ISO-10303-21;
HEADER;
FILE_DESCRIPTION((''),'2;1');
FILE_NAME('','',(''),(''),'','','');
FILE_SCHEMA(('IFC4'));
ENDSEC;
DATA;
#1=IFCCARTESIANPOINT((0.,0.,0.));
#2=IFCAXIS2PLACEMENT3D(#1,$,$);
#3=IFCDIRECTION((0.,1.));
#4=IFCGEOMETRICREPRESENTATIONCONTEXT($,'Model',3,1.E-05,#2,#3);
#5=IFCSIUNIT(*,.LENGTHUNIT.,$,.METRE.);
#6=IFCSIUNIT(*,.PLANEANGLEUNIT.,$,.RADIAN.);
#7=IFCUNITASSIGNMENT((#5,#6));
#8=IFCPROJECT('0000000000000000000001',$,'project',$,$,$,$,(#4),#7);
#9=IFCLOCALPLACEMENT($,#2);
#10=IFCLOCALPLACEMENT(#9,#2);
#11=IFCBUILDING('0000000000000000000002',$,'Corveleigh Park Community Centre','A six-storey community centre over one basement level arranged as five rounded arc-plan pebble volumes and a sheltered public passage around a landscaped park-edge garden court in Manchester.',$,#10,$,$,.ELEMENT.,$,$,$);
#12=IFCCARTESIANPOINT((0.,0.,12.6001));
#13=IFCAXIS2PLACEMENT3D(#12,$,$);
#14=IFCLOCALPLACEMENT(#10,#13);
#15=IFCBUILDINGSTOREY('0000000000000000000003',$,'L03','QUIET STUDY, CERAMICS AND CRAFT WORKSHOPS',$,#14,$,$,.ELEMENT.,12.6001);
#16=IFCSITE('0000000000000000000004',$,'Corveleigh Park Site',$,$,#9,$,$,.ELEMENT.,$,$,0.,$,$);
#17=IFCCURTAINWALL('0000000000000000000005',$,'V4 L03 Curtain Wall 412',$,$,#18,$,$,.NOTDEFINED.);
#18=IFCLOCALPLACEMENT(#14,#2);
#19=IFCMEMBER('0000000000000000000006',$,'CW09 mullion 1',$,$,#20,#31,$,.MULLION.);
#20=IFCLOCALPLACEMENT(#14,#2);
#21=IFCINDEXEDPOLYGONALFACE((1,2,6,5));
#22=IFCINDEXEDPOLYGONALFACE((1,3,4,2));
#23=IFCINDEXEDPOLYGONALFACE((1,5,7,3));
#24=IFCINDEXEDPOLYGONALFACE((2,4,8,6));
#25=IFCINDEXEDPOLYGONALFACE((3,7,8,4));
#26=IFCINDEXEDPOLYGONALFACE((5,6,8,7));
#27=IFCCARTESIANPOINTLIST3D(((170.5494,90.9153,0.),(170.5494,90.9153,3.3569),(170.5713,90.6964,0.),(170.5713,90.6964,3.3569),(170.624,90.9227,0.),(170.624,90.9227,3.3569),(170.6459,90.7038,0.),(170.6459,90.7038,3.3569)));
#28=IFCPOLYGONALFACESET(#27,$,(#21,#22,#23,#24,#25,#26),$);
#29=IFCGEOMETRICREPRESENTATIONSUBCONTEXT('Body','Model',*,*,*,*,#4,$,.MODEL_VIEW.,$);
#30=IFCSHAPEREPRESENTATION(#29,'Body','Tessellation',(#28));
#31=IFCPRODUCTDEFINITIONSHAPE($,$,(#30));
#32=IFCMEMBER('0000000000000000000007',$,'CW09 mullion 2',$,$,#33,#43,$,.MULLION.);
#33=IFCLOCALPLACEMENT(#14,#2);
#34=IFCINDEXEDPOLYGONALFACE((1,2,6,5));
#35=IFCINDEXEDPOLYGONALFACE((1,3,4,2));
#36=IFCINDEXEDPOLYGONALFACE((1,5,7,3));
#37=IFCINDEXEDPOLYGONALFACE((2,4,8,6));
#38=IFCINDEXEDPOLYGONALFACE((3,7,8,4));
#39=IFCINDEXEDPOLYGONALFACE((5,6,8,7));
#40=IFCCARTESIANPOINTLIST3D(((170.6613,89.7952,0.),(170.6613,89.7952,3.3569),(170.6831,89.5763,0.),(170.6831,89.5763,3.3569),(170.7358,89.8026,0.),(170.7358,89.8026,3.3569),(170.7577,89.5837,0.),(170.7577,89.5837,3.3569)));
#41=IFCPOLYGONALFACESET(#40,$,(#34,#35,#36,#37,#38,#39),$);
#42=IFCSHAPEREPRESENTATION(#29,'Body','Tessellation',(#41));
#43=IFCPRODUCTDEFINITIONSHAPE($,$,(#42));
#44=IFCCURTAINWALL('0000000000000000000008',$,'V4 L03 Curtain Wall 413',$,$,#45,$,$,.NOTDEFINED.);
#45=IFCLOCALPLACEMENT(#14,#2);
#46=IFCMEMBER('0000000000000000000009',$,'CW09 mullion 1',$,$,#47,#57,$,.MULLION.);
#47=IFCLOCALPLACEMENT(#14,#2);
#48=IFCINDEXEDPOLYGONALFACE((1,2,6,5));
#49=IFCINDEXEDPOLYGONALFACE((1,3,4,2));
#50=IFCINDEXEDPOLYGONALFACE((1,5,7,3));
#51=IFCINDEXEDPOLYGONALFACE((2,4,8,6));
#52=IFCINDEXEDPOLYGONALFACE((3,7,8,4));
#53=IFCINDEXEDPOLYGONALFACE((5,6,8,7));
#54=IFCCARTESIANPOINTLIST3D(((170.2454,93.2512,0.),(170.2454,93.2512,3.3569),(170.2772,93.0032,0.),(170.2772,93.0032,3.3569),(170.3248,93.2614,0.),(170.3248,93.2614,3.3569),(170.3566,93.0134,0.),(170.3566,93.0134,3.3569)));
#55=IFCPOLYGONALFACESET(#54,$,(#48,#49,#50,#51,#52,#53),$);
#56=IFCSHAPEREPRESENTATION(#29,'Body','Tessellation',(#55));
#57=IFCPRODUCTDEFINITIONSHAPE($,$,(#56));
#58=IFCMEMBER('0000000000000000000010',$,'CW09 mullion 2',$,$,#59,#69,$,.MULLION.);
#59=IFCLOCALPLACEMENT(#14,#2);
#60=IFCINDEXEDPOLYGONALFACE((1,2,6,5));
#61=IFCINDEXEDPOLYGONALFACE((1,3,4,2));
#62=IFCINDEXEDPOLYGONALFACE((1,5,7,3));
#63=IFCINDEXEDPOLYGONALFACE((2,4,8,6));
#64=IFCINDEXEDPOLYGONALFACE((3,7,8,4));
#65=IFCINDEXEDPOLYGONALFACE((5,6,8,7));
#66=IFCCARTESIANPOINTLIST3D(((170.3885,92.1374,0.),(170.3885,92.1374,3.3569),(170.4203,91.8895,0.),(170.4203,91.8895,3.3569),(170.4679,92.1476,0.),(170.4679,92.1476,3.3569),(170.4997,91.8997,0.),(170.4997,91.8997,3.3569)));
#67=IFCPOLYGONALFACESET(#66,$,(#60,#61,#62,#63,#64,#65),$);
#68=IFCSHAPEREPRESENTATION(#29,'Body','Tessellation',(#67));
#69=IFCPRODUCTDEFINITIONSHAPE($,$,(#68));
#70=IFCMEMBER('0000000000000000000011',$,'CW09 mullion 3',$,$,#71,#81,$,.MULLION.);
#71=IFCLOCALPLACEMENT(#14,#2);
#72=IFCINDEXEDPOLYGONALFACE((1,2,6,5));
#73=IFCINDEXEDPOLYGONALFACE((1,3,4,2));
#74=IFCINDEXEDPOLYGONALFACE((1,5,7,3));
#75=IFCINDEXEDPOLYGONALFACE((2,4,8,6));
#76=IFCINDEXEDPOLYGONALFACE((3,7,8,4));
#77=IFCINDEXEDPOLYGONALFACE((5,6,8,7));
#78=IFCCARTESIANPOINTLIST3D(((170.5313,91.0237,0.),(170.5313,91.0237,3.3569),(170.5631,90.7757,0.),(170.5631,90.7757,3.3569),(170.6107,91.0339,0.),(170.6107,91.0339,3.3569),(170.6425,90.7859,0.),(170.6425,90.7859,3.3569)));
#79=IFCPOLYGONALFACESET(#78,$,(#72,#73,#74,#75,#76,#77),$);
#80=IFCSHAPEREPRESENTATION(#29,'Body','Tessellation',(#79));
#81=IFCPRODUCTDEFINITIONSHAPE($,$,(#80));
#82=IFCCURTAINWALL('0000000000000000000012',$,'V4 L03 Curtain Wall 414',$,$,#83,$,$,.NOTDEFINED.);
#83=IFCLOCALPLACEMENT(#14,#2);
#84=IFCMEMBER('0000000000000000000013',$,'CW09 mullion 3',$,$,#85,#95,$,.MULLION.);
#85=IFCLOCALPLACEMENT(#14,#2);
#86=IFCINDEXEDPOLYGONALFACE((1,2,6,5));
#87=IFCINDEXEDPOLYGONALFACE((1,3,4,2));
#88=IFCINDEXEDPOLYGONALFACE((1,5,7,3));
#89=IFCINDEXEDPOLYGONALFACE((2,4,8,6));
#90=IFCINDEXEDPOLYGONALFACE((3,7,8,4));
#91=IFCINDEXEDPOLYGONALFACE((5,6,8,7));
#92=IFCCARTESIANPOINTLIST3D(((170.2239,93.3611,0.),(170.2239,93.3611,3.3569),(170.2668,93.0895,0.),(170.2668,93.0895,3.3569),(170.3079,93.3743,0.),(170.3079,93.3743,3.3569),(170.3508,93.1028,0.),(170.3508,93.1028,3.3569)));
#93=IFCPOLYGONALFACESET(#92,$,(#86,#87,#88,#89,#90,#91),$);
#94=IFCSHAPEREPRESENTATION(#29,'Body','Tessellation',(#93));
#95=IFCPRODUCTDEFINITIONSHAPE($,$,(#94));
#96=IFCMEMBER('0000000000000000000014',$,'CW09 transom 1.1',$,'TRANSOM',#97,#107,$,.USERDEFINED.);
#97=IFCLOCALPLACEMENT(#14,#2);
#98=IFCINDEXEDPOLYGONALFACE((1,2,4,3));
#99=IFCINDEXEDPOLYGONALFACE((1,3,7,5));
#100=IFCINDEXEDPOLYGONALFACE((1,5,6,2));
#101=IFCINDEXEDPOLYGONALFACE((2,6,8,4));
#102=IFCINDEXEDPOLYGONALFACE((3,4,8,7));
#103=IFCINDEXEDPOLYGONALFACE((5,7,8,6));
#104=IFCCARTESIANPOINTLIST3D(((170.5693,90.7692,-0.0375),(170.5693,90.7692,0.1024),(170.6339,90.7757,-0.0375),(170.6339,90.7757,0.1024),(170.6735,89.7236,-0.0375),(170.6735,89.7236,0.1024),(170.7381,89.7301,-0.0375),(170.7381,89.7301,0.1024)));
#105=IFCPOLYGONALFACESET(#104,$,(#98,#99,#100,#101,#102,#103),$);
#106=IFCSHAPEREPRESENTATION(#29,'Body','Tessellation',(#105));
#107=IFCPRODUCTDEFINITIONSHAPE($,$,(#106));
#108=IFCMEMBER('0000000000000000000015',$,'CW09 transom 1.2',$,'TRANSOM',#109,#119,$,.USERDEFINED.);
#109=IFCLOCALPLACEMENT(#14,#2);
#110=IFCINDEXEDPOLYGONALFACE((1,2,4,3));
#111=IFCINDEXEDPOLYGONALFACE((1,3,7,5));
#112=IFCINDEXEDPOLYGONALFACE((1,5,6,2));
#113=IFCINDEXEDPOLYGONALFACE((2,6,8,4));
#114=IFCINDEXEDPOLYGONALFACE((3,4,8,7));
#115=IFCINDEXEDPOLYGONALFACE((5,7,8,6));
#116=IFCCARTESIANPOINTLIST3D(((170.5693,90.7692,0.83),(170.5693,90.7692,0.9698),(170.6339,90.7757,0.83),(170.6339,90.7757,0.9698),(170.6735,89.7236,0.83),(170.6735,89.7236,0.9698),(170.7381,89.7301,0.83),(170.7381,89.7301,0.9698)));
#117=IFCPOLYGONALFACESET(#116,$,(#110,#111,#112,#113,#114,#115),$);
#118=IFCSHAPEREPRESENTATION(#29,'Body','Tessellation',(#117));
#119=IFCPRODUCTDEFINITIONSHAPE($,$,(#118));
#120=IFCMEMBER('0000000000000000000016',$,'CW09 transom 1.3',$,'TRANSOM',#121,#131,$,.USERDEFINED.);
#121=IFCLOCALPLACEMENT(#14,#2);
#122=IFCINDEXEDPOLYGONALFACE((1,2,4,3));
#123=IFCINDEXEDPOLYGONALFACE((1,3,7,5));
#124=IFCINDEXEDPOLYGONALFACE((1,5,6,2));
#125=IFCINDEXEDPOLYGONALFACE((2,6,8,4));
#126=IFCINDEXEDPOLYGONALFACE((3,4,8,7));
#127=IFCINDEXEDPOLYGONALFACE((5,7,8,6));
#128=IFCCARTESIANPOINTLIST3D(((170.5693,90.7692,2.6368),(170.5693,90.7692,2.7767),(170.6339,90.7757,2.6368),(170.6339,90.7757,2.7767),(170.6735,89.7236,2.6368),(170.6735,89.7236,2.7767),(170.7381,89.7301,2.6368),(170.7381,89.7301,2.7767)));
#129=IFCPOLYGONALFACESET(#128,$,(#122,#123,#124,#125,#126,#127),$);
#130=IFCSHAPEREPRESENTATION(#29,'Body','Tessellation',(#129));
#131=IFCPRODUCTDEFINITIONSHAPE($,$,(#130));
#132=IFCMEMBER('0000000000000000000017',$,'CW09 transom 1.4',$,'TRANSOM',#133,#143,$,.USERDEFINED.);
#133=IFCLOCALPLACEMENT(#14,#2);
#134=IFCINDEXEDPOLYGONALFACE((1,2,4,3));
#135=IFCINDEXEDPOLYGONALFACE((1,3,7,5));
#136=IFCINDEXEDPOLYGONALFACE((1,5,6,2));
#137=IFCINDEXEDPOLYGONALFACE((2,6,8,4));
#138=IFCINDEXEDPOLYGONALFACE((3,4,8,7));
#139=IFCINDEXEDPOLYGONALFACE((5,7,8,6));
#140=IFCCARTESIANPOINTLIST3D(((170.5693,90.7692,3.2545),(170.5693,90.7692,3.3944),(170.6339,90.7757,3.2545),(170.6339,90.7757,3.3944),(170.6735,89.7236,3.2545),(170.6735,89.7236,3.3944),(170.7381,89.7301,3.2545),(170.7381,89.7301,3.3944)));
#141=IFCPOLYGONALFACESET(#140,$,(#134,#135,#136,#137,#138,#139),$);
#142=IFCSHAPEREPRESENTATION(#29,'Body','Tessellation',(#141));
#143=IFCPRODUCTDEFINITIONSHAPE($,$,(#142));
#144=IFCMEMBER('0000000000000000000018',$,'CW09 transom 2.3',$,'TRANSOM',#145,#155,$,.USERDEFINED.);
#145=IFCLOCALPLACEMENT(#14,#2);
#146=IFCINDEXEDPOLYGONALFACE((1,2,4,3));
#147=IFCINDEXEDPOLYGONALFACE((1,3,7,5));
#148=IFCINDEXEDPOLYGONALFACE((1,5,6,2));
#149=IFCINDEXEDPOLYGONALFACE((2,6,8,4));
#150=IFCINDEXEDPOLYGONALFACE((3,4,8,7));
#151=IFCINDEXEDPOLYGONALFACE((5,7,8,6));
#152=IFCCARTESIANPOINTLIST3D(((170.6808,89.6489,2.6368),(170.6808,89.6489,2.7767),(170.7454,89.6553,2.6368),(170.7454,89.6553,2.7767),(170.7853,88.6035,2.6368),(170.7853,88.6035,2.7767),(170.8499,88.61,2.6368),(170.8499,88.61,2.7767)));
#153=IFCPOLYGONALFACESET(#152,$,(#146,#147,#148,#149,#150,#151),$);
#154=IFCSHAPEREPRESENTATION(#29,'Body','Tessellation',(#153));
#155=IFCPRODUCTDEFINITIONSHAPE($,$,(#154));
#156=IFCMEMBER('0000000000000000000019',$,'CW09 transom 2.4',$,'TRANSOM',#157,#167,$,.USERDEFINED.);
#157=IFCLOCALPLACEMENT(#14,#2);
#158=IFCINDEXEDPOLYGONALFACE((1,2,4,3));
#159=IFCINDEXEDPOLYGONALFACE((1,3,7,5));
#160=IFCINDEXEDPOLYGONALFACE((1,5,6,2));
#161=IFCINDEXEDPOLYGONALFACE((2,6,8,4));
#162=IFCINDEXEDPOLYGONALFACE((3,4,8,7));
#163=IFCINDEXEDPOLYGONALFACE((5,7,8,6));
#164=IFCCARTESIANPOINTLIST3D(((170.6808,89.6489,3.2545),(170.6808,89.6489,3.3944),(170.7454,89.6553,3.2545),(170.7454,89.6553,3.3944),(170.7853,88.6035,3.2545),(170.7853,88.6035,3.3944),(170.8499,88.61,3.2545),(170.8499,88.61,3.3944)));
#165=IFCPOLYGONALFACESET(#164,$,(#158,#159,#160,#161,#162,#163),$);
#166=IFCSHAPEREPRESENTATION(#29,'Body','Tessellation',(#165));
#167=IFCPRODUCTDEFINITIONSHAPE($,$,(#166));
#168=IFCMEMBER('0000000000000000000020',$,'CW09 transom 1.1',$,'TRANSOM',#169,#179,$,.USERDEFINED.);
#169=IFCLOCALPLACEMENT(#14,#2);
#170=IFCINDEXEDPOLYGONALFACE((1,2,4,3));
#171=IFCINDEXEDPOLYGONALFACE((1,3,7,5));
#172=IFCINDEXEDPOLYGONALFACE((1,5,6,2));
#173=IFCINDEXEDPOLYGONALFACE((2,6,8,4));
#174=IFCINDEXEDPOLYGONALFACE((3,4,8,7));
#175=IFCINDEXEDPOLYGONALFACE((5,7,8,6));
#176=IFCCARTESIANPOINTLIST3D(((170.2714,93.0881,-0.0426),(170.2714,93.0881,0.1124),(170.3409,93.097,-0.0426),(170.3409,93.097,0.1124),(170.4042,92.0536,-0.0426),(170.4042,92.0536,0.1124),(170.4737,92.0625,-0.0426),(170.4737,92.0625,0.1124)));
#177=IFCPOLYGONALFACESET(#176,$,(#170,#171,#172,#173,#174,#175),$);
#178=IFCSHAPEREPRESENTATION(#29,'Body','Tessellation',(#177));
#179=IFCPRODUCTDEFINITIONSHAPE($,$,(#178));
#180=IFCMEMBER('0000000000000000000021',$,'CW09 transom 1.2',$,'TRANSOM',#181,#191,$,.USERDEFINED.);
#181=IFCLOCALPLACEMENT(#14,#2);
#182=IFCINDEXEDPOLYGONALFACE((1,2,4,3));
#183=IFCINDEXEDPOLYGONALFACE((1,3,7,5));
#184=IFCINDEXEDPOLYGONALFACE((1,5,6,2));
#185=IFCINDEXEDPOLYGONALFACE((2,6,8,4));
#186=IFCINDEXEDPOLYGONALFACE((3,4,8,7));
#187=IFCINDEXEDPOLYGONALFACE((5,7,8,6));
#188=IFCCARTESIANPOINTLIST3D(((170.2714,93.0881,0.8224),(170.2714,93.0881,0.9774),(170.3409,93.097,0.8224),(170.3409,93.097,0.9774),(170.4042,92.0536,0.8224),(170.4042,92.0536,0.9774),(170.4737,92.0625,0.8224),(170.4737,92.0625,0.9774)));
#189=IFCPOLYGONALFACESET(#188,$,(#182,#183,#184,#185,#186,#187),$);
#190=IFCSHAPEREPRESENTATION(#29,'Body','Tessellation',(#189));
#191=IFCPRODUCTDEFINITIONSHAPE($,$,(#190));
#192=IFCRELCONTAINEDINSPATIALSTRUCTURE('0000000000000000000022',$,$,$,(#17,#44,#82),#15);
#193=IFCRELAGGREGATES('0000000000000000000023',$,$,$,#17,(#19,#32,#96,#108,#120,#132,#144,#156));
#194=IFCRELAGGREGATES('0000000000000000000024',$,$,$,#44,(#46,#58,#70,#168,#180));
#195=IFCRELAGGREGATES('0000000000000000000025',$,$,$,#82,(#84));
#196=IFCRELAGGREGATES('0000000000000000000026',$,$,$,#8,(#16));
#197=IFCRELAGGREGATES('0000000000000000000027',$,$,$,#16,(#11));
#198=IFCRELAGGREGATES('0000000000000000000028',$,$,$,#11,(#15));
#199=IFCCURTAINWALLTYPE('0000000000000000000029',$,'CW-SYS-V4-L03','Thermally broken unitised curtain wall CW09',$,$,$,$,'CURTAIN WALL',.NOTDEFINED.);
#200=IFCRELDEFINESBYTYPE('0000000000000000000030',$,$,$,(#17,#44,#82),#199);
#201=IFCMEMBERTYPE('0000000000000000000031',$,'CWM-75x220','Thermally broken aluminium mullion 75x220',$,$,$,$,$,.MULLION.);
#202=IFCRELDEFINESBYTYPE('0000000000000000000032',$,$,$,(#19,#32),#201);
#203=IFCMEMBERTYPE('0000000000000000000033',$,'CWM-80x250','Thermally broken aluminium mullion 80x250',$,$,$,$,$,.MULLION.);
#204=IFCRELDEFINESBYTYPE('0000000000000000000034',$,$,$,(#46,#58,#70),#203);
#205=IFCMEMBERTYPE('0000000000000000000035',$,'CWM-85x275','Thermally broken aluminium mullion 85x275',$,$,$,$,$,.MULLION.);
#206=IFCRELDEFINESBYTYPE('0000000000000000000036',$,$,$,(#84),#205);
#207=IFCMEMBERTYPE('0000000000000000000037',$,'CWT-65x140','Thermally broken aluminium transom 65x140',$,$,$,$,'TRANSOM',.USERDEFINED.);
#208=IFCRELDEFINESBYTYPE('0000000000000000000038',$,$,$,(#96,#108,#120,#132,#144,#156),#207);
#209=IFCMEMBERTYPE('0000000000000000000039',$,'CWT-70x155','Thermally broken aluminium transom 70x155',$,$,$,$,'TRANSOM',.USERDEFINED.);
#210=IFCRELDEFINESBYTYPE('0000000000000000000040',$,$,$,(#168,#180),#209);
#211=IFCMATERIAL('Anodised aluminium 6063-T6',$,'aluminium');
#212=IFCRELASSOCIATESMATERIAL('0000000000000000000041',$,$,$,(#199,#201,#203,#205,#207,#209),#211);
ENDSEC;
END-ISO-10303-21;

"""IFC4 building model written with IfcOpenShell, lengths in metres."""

from ifc_helpers import new_model, si_unit, direction, frame, origin, origin_2d, place, context, subcontext, project, spatial, rectangle, extrude, material, material_profile, profile_set, type_object, element, aggregate, save


model = new_model("IFC4")

# Units and contexts
model_context = context("Model", 3, precision=1e-05, world=origin(), true_north=direction((0.0, 1.0)))
body_context = subcontext(model_context, "Body", "Model", "MODEL_VIEW")
ifc_project = project(units=[si_unit("LENGTHUNIT", "METRE"), si_unit("PLANEANGLEUNIT", "RADIAN")], contexts=[model_context])

# Site, building, storey
site_placement = place(None, origin())
site = spatial("IfcSite", under=ifc_project, at=site_placement, Name="Corveleigh Park Site", CompositionType="ELEMENT", RefElevation=0.0)
building_placement = place(site_placement, origin())
building = spatial("IfcBuilding", under=site, at=building_placement, Name="Corveleigh Park Community Centre", Description="A six-storey community centre over one basement level arranged as five rounded arc-plan pebble volumes and a sheltered public passage around a landscaped park-edge garden court in Manchester.", CompositionType="ELEMENT")
storey_placement = place(building_placement, frame((0.0, 0.0, 12.6001)))
storey = spatial("IfcBuildingStorey", under=building, at=storey_placement, Name="L03", Description="QUIET STUDY, CERAMICS AND CRAFT WORKSHOPS", CompositionType="ELEMENT", Elevation=12.6001)

# Curtain walls, members
ifc_material_1 = material(Name="Anodised aluminium 6063-T6", Category="aluminium")
curtain_wall_type = type_object("IfcCurtainWallType", Name="CW-SYS-V4-L03", Description="Thermally broken unitised curtain wall CW09", ElementType="CURTAIN WALL", PredefinedType="NOTDEFINED", material=ifc_material_1)
curtain_wall_1_placement = place(storey_placement, origin())
curtain_wall_1 = element("IfcCurtainWall", 1, at=curtain_wall_1_placement, inside=storey, type_object=curtain_wall_type, Name="V4 L03 Curtain Wall 412", PredefinedType="NOTDEFINED")
ifc_material_profile_1 = material_profile(ifc_material_1, rectangle(XDim=0.075, YDim=0.22, at=origin_2d()), Name="ALU-M75x220", Category="aluminium")
ifc_profile_set_1 = profile_set([ifc_material_profile_1], Name="Anodised aluminium 6063-T6")
member_type_1 = type_object("IfcMemberType", Name="CWM-75x220", Description="Thermally broken aluminium mullion 75x220", PredefinedType="MULLION", material=ifc_profile_set_1)
member_1_placement = place(storey_placement, frame((170.5977, 90.8096, 0.0), z_axis=(0.0, 0.0, 1.0), x_axis=(0.995058, 0.099291, 0.0)))
member_1 = element("IfcMember", 2, at=member_1_placement, type_object=member_type_1, Name="CW09 mullion 1", PredefinedType="MULLION", context=body_context, shape_type="SweptSolid", body=[
    extrude(rectangle(XDim=0.075, YDim=0.22, at=origin_2d()), origin(), (0.0, 0.0, 1.0), 3.3569),
])
member_2_placement = place(storey_placement, frame((170.7095, 89.6895, 0.0), z_axis=(0.0, 0.0, 1.0), x_axis=(0.995058, 0.099291, 0.0)))
member_2 = element("IfcMember", 3, at=member_2_placement, type_object=member_type_1, Name="CW09 mullion 2", PredefinedType="MULLION", context=body_context, shape_type="SweptSolid", body=[
    extrude(rectangle(XDim=0.075, YDim=0.22, at=origin_2d()), origin(), (0.0, 0.0, 1.0), 3.3569),
])
curtain_wall_2_placement = place(storey_placement, origin())
curtain_wall_2 = element("IfcCurtainWall", 4, at=curtain_wall_2_placement, inside=storey, type_object=curtain_wall_type, Name="V4 L03 Curtain Wall 413", PredefinedType="NOTDEFINED")
ifc_material_profile_2 = material_profile(ifc_material_1, rectangle(XDim=0.0801, YDim=0.25, at=origin_2d()), Name="ALU-M80x250", Category="aluminium")
ifc_profile_set_2 = profile_set([ifc_material_profile_2], Name="Anodised aluminium 6063-T6")
member_type_2 = type_object("IfcMemberType", Name="CWM-80x250", Description="Thermally broken aluminium mullion 80x250", PredefinedType="MULLION", material=ifc_profile_set_2)
member_3_placement = place(storey_placement, frame((170.301, 93.1323, 0.0), z_axis=(0.0, 0.0, 1.0), x_axis=(0.991869, 0.127262, 0.0)))
member_3 = element("IfcMember", 5, at=member_3_placement, type_object=member_type_2, Name="CW09 mullion 1", PredefinedType="MULLION", context=body_context, shape_type="SweptSolid", body=[
    extrude(rectangle(XDim=0.0801, YDim=0.25, at=origin_2d()), origin(), (0.0, 0.0, 1.0), 3.3569),
])
member_4_placement = place(storey_placement, frame((170.4441, 92.0186, 0.0), z_axis=(0.0, 0.0, 1.0), x_axis=(0.991869, 0.127262, 0.0)))
member_4 = element("IfcMember", 6, at=member_4_placement, type_object=member_type_2, Name="CW09 mullion 2", PredefinedType="MULLION", context=body_context, shape_type="SweptSolid", body=[
    extrude(rectangle(XDim=0.0801, YDim=0.25, at=origin_2d()), origin(), (0.0, 0.0, 1.0), 3.3569),
])
member_5_placement = place(storey_placement, frame((170.5869, 90.9048, 0.0), z_axis=(0.0, 0.0, 1.0), x_axis=(0.991869, 0.127262, 0.0)))
member_5 = element("IfcMember", 7, at=member_5_placement, type_object=member_type_2, Name="CW09 mullion 3", PredefinedType="MULLION", context=body_context, shape_type="SweptSolid", body=[
    extrude(rectangle(XDim=0.0801, YDim=0.25, at=origin_2d()), origin(), (0.0, 0.0, 1.0), 3.3569),
])

# Curtain wall, member
curtain_wall_3_placement = place(storey_placement, origin())
curtain_wall_3 = element("IfcCurtainWall", 8, at=curtain_wall_3_placement, inside=storey, type_object=curtain_wall_type, Name="V4 L03 Curtain Wall 414", PredefinedType="NOTDEFINED")
ifc_material_profile_3 = material_profile(ifc_material_1, rectangle(XDim=0.085, YDim=0.2749, at=origin_2d()), Name="ALU-M85x275", Category="aluminium")
ifc_profile_set_3 = profile_set([ifc_material_profile_3], Name="Anodised aluminium 6063-T6")
member_type_3 = type_object("IfcMemberType", Name="CWM-85x275", Description="Thermally broken aluminium mullion 85x275", PredefinedType="MULLION", material=ifc_profile_set_3)
member_6_placement = place(storey_placement, frame((170.2874, 93.2319, 0.0), z_axis=(0.0, 0.0, 1.0), x_axis=(0.987742, 0.156095, 0.0)))
member_6 = element("IfcMember", 9, at=member_6_placement, type_object=member_type_3, Name="CW09 mullion 3", PredefinedType="MULLION", context=body_context, shape_type="SweptSolid", body=[
    extrude(rectangle(XDim=0.085, YDim=0.2749, at=origin_2d()), origin(), (0.0, 0.0, 1.0), 3.3569),
])

# Members
ifc_material_profile_4 = material_profile(ifc_material_1, rectangle(XDim=0.0649, YDim=0.1399, at=origin_2d()), Name="ALU-T65x140", Category="aluminium")
ifc_profile_set_4 = profile_set([ifc_material_profile_4], Name="Anodised aluminium 6063-T6")
member_type_4 = type_object("IfcMemberType", Name="CWT-65x140", Description="Thermally broken aluminium transom 65x140", ElementType="TRANSOM", PredefinedType="USERDEFINED", material=ifc_profile_set_4)
member_7_placement = place(storey_placement, frame((170.6016, 90.7725, 0.0325), z_axis=(0.099205, -0.995067, 0.0), x_axis=(0.995067, 0.099205, 0.0)))
member_7 = element("IfcMember", 10, at=member_7_placement, type_object=member_type_4, Name="CW09 transom 1.1", ObjectType="TRANSOM", PredefinedType="USERDEFINED", context=body_context, shape_type="SweptSolid", body=[
    extrude(rectangle(XDim=0.0649, YDim=0.1399, at=origin_2d()), origin(), (0.0, 0.0, 1.0), 1.0508),
])
member_8_placement = place(storey_placement, frame((170.6016, 90.7725, 0.8999), z_axis=(0.099205, -0.995067, 0.0), x_axis=(0.995067, 0.099205, 0.0)))
member_8 = element("IfcMember", 11, at=member_8_placement, type_object=member_type_4, Name="CW09 transom 1.2", ObjectType="TRANSOM", PredefinedType="USERDEFINED", context=body_context, shape_type="SweptSolid", body=[
    extrude(rectangle(XDim=0.0649, YDim=0.1399, at=origin_2d()), origin(), (0.0, 0.0, 1.0), 1.0508),
])
member_9_placement = place(storey_placement, frame((170.6016, 90.7725, 2.7068), z_axis=(0.099205, -0.995067, 0.0), x_axis=(0.995067, 0.099205, 0.0)))
member_9 = element("IfcMember", 12, at=member_9_placement, type_object=member_type_4, Name="CW09 transom 1.3", ObjectType="TRANSOM", PredefinedType="USERDEFINED", context=body_context, shape_type="SweptSolid", body=[
    extrude(rectangle(XDim=0.0649, YDim=0.1399, at=origin_2d()), origin(), (0.0, 0.0, 1.0), 1.0508),
])
member_10_placement = place(storey_placement, frame((170.6016, 90.7725, 3.3245), z_axis=(0.099205, -0.995067, 0.0), x_axis=(0.995067, 0.099205, 0.0)))
member_10 = element("IfcMember", 13, at=member_10_placement, type_object=member_type_4, Name="CW09 transom 1.4", ObjectType="TRANSOM", PredefinedType="USERDEFINED", context=body_context, shape_type="SweptSolid", body=[
    extrude(rectangle(XDim=0.0649, YDim=0.1399, at=origin_2d()), origin(), (0.0, 0.0, 1.0), 1.0508),
])
member_11_placement = place(storey_placement, frame((170.7131, 89.6521, 2.7068), z_axis=(0.099458, -0.995042, 0.0), x_axis=(0.995042, 0.099458, 0.0)))
member_11 = element("IfcMember", 14, at=member_11_placement, type_object=member_type_4, Name="CW09 transom 2.3", ObjectType="TRANSOM", PredefinedType="USERDEFINED", context=body_context, shape_type="SweptSolid", body=[
    extrude(rectangle(XDim=0.0649, YDim=0.1399, at=origin_2d()), origin(), (0.0, 0.0, 1.0), 1.0505),
])
member_12_placement = place(storey_placement, frame((170.7131, 89.6521, 3.3245), z_axis=(0.099458, -0.995042, 0.0), x_axis=(0.995042, 0.099458, 0.0)))
member_12 = element("IfcMember", 15, at=member_12_placement, type_object=member_type_4, Name="CW09 transom 2.4", ObjectType="TRANSOM", PredefinedType="USERDEFINED", context=body_context, shape_type="SweptSolid", body=[
    extrude(rectangle(XDim=0.0649, YDim=0.1399, at=origin_2d()), origin(), (0.0, 0.0, 1.0), 1.0505),
])
ifc_material_profile_5 = material_profile(ifc_material_1, rectangle(XDim=0.0701, YDim=0.155, at=origin_2d()), Name="ALU-T70x155", Category="aluminium")
ifc_profile_set_5 = profile_set([ifc_material_profile_5], Name="Anodised aluminium 6063-T6")
member_type_5 = type_object("IfcMemberType", Name="CWT-70x155", Description="Thermally broken aluminium transom 70x155", ElementType="TRANSOM", PredefinedType="USERDEFINED", material=ifc_profile_set_5)
member_13_placement = place(storey_placement, frame((170.3062, 93.0925, 0.0349), z_axis=(0.127347, -0.991858, 0.0), x_axis=(0.991858, 0.127347, 0.0)))
member_13 = element("IfcMember", 16, at=member_13_placement, type_object=member_type_5, Name="CW09 transom 1.1", ObjectType="TRANSOM", PredefinedType="USERDEFINED", context=body_context, shape_type="SweptSolid", body=[
    extrude(rectangle(XDim=0.0701, YDim=0.155, at=origin_2d()), origin(), (0.0, 0.0, 1.0), 1.043),
])
member_14_placement = place(storey_placement, frame((170.3062, 93.0925, 0.8999), z_axis=(0.127347, -0.991858, 0.0), x_axis=(0.991858, 0.127347, 0.0)))
member_14 = element("IfcMember", 17, at=member_14_placement, type_object=member_type_5, Name="CW09 transom 1.2", ObjectType="TRANSOM", PredefinedType="USERDEFINED", context=body_context, shape_type="SweptSolid", body=[
    extrude(rectangle(XDim=0.0701, YDim=0.155, at=origin_2d()), origin(), (0.0, 0.0, 1.0), 1.043),
])

aggregate(curtain_wall_1, [member_1, member_2, member_7, member_8, member_9, member_10, member_11, member_12])
aggregate(curtain_wall_2, [member_3, member_4, member_5, member_13, member_14])
aggregate(curtain_wall_3, [member_6])

save(model, "model.ifc")
